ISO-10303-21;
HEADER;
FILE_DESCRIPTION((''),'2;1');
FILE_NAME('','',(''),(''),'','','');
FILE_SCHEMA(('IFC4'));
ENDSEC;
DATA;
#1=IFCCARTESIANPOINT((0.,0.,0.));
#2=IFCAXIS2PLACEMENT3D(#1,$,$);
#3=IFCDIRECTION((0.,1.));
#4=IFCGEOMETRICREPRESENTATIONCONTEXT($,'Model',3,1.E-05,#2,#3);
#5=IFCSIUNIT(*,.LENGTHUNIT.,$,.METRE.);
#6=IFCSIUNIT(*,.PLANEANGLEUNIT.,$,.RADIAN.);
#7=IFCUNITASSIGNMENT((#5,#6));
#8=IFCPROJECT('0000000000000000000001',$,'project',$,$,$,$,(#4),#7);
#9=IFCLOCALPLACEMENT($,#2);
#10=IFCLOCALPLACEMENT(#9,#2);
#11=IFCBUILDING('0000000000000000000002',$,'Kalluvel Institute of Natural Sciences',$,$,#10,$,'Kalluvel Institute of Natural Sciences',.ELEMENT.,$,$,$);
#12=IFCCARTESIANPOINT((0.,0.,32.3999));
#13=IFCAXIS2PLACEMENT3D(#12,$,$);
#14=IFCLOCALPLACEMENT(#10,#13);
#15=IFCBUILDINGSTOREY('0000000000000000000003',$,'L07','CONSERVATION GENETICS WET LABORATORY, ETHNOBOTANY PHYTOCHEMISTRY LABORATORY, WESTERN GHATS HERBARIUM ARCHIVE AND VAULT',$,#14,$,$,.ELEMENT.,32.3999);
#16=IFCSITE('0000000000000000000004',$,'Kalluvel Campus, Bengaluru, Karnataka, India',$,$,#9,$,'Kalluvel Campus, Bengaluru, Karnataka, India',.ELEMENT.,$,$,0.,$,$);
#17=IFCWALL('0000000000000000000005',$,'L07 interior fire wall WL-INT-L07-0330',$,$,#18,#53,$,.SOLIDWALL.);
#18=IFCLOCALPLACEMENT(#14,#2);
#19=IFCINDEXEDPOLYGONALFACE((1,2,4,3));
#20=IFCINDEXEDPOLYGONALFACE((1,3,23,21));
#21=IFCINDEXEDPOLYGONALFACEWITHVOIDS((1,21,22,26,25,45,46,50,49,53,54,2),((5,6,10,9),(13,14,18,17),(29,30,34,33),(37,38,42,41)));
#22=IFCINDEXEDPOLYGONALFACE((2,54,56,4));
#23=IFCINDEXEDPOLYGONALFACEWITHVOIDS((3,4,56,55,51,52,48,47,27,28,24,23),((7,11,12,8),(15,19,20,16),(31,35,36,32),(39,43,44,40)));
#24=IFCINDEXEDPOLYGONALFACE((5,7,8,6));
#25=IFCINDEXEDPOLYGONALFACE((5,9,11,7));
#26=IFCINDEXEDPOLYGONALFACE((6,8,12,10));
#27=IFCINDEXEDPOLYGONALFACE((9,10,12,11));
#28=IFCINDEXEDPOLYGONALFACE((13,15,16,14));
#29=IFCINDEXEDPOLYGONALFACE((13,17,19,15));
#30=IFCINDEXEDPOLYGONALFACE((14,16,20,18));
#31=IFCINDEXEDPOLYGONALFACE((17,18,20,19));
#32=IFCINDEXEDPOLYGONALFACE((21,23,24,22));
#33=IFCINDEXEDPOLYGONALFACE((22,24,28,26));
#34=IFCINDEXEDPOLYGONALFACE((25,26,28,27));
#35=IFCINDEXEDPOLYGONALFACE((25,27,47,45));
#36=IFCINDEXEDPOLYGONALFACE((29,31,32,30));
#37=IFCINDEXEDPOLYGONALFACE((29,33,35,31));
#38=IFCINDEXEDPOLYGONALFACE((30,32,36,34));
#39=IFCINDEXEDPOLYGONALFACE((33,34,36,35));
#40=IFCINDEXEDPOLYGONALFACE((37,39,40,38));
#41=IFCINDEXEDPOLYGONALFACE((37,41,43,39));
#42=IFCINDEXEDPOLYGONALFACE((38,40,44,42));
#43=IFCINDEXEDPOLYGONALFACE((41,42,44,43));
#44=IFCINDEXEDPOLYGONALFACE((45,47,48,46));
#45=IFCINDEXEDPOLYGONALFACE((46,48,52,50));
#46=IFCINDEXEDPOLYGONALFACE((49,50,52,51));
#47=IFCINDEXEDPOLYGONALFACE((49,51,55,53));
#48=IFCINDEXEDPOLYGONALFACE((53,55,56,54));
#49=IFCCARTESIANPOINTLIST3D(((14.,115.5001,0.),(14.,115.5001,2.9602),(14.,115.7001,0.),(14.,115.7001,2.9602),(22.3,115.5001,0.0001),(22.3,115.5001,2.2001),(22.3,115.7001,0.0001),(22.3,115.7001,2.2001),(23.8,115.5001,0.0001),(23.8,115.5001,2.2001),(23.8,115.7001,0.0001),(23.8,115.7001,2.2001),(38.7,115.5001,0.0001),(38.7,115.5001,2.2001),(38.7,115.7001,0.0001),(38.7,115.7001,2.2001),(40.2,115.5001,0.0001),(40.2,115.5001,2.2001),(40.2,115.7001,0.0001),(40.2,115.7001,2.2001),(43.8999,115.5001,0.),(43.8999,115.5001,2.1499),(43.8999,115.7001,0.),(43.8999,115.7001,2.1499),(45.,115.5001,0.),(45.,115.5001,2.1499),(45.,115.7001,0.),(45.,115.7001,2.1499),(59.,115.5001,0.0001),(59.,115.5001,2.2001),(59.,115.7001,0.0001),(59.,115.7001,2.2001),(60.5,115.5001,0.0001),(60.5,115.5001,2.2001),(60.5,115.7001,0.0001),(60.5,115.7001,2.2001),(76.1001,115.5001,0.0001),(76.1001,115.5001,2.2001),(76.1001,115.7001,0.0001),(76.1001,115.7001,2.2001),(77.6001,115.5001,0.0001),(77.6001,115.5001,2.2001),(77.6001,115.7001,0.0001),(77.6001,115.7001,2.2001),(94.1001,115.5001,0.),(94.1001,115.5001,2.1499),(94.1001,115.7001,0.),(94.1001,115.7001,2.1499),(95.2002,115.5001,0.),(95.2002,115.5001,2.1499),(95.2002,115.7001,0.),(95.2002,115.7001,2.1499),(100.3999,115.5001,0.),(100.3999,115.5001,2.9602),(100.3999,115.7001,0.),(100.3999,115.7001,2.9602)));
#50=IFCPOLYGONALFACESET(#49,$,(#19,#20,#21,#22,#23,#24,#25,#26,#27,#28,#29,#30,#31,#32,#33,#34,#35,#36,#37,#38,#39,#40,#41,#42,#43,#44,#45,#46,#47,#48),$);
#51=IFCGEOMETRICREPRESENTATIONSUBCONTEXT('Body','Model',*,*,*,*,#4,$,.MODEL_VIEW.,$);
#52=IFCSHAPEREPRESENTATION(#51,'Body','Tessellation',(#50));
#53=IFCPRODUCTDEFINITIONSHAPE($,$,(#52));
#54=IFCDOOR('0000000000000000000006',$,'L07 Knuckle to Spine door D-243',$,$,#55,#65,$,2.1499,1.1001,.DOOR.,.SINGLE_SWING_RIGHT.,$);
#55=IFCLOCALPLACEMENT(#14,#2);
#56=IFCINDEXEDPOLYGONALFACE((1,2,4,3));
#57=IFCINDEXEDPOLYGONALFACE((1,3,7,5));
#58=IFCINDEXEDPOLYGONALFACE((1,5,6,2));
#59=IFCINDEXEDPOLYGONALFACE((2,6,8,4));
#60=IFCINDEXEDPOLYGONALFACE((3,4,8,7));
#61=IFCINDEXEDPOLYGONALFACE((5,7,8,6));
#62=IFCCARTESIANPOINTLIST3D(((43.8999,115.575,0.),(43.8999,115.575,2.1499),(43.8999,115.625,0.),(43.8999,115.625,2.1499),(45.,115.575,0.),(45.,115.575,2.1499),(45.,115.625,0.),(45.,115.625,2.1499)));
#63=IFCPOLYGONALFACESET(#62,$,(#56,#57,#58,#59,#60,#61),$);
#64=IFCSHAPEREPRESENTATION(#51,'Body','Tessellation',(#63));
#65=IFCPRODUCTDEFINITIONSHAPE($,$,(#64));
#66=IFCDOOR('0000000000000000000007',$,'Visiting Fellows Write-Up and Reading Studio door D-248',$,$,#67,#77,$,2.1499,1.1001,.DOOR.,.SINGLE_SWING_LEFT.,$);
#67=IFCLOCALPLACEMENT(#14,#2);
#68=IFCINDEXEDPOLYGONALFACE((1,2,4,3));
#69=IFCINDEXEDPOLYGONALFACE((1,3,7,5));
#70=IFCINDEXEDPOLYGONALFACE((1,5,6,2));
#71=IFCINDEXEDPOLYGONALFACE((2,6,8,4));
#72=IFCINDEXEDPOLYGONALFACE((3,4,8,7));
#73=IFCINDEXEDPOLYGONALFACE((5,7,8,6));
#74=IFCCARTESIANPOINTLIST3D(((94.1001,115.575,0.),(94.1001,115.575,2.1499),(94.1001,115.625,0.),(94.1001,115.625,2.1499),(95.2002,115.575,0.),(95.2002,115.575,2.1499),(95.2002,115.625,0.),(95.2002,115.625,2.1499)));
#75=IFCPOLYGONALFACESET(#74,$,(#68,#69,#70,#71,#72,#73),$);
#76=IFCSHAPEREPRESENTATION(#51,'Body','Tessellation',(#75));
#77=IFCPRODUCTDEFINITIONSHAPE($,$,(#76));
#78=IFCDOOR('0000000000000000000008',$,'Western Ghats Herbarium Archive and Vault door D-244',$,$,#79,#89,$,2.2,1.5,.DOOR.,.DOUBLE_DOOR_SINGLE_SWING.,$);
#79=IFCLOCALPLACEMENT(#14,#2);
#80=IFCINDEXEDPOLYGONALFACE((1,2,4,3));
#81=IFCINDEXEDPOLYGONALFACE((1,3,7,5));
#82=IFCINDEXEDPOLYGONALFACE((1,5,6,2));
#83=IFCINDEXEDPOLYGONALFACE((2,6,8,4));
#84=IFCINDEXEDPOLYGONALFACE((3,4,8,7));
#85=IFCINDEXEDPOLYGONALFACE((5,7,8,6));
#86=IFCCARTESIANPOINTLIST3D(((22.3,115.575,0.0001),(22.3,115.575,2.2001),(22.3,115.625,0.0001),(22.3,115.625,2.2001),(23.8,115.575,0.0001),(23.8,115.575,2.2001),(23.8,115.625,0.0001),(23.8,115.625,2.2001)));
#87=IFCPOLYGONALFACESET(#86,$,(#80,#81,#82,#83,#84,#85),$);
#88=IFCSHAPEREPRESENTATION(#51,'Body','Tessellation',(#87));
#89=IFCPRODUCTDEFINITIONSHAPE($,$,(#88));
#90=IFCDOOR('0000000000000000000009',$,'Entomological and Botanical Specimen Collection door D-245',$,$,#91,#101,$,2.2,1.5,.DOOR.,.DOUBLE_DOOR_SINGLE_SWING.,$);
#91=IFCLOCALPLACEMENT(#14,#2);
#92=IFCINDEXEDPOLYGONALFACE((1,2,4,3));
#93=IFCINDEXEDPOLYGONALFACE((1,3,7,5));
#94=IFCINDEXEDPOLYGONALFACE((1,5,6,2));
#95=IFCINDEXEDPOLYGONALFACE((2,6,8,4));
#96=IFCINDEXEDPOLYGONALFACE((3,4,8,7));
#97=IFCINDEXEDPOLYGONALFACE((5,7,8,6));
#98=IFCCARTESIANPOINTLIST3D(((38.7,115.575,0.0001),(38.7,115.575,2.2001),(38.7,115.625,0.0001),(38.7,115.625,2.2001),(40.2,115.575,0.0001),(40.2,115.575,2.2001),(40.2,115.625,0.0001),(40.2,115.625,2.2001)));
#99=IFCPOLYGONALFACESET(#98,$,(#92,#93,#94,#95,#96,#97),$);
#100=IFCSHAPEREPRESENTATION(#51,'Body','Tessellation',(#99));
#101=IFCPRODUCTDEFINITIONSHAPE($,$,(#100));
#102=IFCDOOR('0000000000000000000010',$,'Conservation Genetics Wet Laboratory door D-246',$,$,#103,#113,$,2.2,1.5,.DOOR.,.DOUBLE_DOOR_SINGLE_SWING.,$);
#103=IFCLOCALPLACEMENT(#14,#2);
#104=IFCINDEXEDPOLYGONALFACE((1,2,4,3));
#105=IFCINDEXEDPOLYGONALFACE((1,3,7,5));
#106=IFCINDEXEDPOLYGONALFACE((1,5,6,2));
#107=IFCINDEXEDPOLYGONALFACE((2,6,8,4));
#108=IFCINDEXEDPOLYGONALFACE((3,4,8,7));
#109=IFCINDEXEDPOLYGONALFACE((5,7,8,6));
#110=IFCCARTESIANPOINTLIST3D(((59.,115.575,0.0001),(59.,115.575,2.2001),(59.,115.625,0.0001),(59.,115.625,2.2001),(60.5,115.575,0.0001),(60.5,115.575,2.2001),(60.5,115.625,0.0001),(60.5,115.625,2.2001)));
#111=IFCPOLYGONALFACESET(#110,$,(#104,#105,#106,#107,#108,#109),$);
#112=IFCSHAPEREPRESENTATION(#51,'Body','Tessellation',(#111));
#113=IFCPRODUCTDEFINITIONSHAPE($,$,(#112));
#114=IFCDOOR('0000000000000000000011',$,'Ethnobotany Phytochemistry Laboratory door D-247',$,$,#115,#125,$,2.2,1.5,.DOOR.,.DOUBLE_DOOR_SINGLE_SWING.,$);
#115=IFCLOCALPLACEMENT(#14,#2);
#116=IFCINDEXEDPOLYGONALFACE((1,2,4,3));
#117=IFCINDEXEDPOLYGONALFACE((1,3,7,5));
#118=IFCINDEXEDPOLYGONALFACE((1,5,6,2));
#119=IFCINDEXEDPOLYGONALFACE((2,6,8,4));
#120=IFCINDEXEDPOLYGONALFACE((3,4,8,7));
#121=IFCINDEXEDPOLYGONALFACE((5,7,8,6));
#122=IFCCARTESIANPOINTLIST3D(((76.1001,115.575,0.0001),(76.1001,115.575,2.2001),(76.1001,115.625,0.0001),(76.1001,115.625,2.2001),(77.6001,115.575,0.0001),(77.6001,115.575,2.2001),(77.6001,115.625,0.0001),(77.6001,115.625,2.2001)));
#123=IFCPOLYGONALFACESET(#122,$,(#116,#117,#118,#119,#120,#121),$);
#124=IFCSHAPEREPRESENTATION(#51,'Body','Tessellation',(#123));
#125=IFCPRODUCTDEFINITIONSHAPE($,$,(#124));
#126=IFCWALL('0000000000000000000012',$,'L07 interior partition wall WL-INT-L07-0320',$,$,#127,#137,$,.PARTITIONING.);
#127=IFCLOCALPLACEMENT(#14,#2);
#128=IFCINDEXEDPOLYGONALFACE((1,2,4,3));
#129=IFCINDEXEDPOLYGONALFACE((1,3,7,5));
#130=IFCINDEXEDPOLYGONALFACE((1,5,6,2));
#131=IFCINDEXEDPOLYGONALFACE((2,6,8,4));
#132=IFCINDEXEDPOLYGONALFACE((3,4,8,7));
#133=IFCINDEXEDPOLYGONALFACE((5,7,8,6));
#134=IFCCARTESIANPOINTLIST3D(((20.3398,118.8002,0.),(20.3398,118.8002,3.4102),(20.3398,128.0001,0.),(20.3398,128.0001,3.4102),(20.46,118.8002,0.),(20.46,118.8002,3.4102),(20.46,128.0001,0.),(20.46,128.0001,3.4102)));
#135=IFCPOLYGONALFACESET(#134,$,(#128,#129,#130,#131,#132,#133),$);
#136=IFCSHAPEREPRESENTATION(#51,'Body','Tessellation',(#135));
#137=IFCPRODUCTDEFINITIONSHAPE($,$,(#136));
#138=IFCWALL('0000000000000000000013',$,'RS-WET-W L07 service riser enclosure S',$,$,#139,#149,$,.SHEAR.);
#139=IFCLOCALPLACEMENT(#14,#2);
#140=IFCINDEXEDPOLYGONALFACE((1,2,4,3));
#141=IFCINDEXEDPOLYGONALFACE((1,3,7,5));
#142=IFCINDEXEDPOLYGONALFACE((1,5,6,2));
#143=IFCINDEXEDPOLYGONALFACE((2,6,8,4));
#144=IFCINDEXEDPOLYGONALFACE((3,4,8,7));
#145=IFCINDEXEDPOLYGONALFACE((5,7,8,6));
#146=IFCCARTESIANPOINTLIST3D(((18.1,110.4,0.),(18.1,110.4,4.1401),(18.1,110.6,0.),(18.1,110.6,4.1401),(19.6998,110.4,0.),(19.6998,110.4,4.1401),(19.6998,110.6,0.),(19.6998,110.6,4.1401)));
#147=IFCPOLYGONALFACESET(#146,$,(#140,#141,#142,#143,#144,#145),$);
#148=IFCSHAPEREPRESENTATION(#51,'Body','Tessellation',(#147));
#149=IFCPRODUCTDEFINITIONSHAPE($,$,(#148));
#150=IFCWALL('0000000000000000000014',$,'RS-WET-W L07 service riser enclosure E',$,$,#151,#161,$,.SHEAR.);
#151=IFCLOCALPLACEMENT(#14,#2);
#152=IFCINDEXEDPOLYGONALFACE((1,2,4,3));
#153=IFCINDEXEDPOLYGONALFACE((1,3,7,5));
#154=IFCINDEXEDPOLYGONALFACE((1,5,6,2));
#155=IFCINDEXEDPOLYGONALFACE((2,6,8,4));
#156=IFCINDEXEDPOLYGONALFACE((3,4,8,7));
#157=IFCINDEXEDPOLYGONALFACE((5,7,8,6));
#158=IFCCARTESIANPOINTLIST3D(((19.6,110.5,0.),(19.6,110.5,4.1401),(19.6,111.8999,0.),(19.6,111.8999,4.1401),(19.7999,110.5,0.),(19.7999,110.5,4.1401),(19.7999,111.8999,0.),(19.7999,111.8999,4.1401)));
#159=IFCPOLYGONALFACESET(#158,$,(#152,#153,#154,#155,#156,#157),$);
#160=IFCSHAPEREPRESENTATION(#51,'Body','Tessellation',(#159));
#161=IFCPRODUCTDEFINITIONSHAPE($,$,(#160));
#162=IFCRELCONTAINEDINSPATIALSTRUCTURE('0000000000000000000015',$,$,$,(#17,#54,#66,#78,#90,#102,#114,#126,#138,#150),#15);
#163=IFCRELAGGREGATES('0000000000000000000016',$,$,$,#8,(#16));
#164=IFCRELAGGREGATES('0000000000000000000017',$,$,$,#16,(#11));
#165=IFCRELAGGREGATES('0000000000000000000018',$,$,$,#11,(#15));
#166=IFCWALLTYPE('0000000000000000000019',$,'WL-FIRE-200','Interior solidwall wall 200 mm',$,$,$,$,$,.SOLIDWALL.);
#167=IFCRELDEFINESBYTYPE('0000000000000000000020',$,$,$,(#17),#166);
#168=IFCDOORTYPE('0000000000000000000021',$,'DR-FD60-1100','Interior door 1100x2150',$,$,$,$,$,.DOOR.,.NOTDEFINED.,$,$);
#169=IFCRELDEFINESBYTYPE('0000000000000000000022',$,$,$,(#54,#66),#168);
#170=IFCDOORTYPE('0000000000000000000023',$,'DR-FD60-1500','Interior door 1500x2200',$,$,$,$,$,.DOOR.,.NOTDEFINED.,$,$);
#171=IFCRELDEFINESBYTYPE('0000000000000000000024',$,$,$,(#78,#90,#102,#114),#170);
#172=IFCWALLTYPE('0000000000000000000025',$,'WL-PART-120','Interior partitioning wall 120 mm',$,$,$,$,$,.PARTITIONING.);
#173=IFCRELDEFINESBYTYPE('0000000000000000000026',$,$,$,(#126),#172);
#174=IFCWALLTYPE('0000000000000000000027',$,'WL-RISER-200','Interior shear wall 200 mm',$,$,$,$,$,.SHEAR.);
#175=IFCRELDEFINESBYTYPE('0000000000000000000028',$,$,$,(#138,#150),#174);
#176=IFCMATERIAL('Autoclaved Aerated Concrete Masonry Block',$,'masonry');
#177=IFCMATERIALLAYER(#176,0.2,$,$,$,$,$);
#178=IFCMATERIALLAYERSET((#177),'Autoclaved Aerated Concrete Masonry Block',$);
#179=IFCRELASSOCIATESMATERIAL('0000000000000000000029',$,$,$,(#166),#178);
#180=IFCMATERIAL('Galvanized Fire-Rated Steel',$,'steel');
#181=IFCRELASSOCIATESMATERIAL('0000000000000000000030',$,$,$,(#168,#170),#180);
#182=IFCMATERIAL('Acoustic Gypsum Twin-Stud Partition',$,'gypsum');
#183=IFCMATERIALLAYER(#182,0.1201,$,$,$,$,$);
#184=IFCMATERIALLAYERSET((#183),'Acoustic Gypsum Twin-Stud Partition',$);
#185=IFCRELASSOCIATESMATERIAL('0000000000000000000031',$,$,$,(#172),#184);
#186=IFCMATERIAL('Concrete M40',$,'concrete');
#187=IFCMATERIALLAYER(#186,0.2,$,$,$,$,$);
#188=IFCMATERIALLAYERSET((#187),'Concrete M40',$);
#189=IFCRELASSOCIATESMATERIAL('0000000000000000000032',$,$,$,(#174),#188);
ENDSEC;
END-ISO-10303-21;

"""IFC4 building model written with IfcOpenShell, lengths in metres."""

from ifc_helpers import new_model, si_unit, direction, frame, frame_2d, origin, place, context, subcontext, project, spatial, rectangle, extrude, material, layer, layer_set, type_object, element, fill, save


model = new_model("IFC4")

# Units and contexts
model_context = context("Model", 3, precision=1e-05, world=origin(), true_north=direction((0.0, 1.0)))
body_context = subcontext(model_context, "Body", "Model", "MODEL_VIEW")
ifc_project = project(units=[si_unit("LENGTHUNIT", "METRE"), si_unit("PLANEANGLEUNIT", "RADIAN")], contexts=[model_context])

# Site, building, storey
site_placement = place(None, origin())
site = spatial("IfcSite", under=ifc_project, at=site_placement, Name="Kalluvel Campus, Bengaluru, Karnataka, India", LongName="Kalluvel Campus, Bengaluru, Karnataka, India", CompositionType="ELEMENT", RefElevation=0.0)
building_placement = place(site_placement, origin())
building = spatial("IfcBuilding", under=site, at=building_placement, Name="Kalluvel Institute of Natural Sciences", LongName="Kalluvel Institute of Natural Sciences", CompositionType="ELEMENT")
storey_placement = place(building_placement, frame((0.0, 0.0, 32.3999)))
storey = spatial("IfcBuildingStorey", under=building, at=storey_placement, Name="L07", Description="CONSERVATION GENETICS WET LABORATORY, ETHNOBOTANY PHYTOCHEMISTRY LABORATORY, WESTERN GHATS HERBARIUM ARCHIVE AND VAULT", CompositionType="ELEMENT", Elevation=32.3999)

# Shared definitions
ifc_material_1 = material(Name="Concrete M40", Category="concrete")

# Wall, openings, doors
ifc_material_2 = material(Name="Autoclaved Aerated Concrete Masonry Block", Category="masonry")
ifc_layer_1 = layer(ifc_material_2, 0.2)
ifc_layer_set_1 = layer_set([ifc_layer_1], Name="Autoclaved Aerated Concrete Masonry Block")
wall_type_1 = type_object("IfcWallType", Name="WL-FIRE-200", Description="Interior solidwall wall 200 mm", PredefinedType="SOLIDWALL", material=ifc_layer_set_1)
wall_1_placement = place(storey_placement, frame((14.0, 115.6001, 0.0), z_axis=(0.0, 0.0, 1.0), x_axis=(1.0, 0.0, 0.0)))
wall_1 = element("IfcWall", 1, at=wall_1_placement, inside=storey, type_object=wall_type_1, Name="L07 interior fire wall WL-INT-L07-0330", PredefinedType="SOLIDWALL", context=body_context, shape_type="SweptSolid", body=[
    extrude(rectangle(XDim=86.3999, YDim=0.2, at=frame_2d((43.2, 0.0))), origin(), (0.0, 0.0, 1.0), 2.9602),
])
opening_1_placement = place(wall_1_placement, frame((29.8999, 0.0, 0.0)))
opening_1 = element("IfcOpeningElement", 2, at=opening_1_placement, cuts=wall_1, PredefinedType="OPENING", context=body_context, shape_type="SweptSolid", body=[
    extrude(rectangle(XDim=1.1001, YDim=2.1499, at=frame_2d((0.55, 1.075))), frame((0.0, 0.1099, 0.0), z_axis=(0.0, -1.0, 0.0), x_axis=(1.0, 0.0, 0.0)), (0.0, 0.0, 1.0), 0.22),
])
opening_2_placement = place(wall_1_placement, frame((8.3, 0.0, 0.0)))
opening_2 = element("IfcOpeningElement", 3, at=opening_2_placement, cuts=wall_1, PredefinedType="OPENING", context=body_context, shape_type="SweptSolid", body=[
    extrude(rectangle(XDim=1.5, YDim=2.2, at=frame_2d((0.75, 1.1001))), frame((0.0, 0.1099, 0.0), z_axis=(0.0, -1.0, 0.0), x_axis=(1.0, 0.0, 0.0)), (0.0, 0.0, 1.0), 0.22),
])
opening_3_placement = place(wall_1_placement, frame((24.7, 0.0, 0.0)))
opening_3 = element("IfcOpeningElement", 4, at=opening_3_placement, cuts=wall_1, PredefinedType="OPENING", context=body_context, shape_type="SweptSolid", body=[
    extrude(rectangle(XDim=1.5, YDim=2.2, at=frame_2d((0.75, 1.1001))), frame((0.0, 0.1099, 0.0), z_axis=(0.0, -1.0, 0.0), x_axis=(1.0, 0.0, 0.0)), (0.0, 0.0, 1.0), 0.22),
])
opening_4_placement = place(wall_1_placement, frame((45.0, 0.0, 0.0)))
opening_4 = element("IfcOpeningElement", 5, at=opening_4_placement, cuts=wall_1, PredefinedType="OPENING", context=body_context, shape_type="SweptSolid", body=[
    extrude(rectangle(XDim=1.5, YDim=2.2, at=frame_2d((0.75, 1.1001))), frame((0.0, 0.1099, 0.0), z_axis=(0.0, -1.0, 0.0), x_axis=(1.0, 0.0, 0.0)), (0.0, 0.0, 1.0), 0.22),
])
opening_5_placement = place(wall_1_placement, frame((62.1001, 0.0, 0.0)))
opening_5 = element("IfcOpeningElement", 6, at=opening_5_placement, cuts=wall_1, PredefinedType="OPENING", context=body_context, shape_type="SweptSolid", body=[
    extrude(rectangle(XDim=1.5, YDim=2.2, at=frame_2d((0.75, 1.1001))), frame((0.0, 0.1099, 0.0), z_axis=(0.0, -1.0, 0.0), x_axis=(1.0, 0.0, 0.0)), (0.0, 0.0, 1.0), 0.22),
])
opening_6_placement = place(wall_1_placement, frame((80.1001, 0.0, 0.0)))
opening_6 = element("IfcOpeningElement", 7, at=opening_6_placement, cuts=wall_1, PredefinedType="OPENING", context=body_context, shape_type="SweptSolid", body=[
    extrude(rectangle(XDim=1.1001, YDim=2.1499, at=frame_2d((0.55, 1.075))), frame((0.0, 0.1099, 0.0), z_axis=(0.0, -1.0, 0.0), x_axis=(1.0, 0.0, 0.0)), (0.0, 0.0, 1.0), 0.22),
])
ifc_material_3 = material(Name="Galvanized Fire-Rated Steel", Category="steel")
door_type_1 = type_object("IfcDoorType", Name="DR-FD60-1100", Description="Interior door 1100x2150", OperationType="NOTDEFINED", PredefinedType="DOOR", material=ifc_material_3)
door_1_placement = place(opening_1_placement, origin())
door_1 = element("IfcDoor", 8, at=door_1_placement, inside=storey, type_object=door_type_1, Name="L07 Knuckle to Spine door D-243", OperationType="SINGLE_SWING_RIGHT", OverallHeight=2.1499, OverallWidth=1.1001, PredefinedType="DOOR", context=body_context, shape_type="SweptSolid", body=[
    extrude(rectangle(XDim=1.1001, YDim=2.1499, at=frame_2d((0.55, 1.075))), frame((0.0, 0.0249, 0.0), z_axis=(0.0, -1.0, 0.0), x_axis=(1.0, 0.0, 0.0)), (0.0, 0.0, 1.0), 0.05),
])
fill(opening_1, door_1)
door_2_placement = place(opening_6_placement, origin())
door_2 = element("IfcDoor", 9, at=door_2_placement, inside=storey, type_object=door_type_1, Name="Visiting Fellows Write-Up and Reading Studio door D-248", OperationType="SINGLE_SWING_LEFT", OverallHeight=2.1499, OverallWidth=1.1001, PredefinedType="DOOR", context=body_context, shape_type="SweptSolid", body=[
    extrude(rectangle(XDim=1.1001, YDim=2.1499, at=frame_2d((0.55, 1.075))), frame((0.0, 0.0249, 0.0), z_axis=(0.0, -1.0, 0.0), x_axis=(1.0, 0.0, 0.0)), (0.0, 0.0, 1.0), 0.05),
])
fill(opening_6, door_2)
door_type_2 = type_object("IfcDoorType", Name="DR-FD60-1500", Description="Interior door 1500x2200", OperationType="NOTDEFINED", PredefinedType="DOOR", material=ifc_material_3)
door_3_placement = place(opening_2_placement, origin())
door_3 = element("IfcDoor", 10, at=door_3_placement, inside=storey, type_object=door_type_2, Name="Western Ghats Herbarium Archive and Vault door D-244", OperationType="DOUBLE_DOOR_SINGLE_SWING", OverallHeight=2.2, OverallWidth=1.5, PredefinedType="DOOR", context=body_context, shape_type="SweptSolid", body=[
    extrude(rectangle(XDim=1.5, YDim=2.2, at=frame_2d((0.75, 1.1001))), frame((0.0, 0.0249, 0.0), z_axis=(0.0, -1.0, 0.0), x_axis=(1.0, 0.0, 0.0)), (0.0, 0.0, 1.0), 0.05),
])
fill(opening_2, door_3)
door_4_placement = place(opening_3_placement, origin())
door_4 = element("IfcDoor", 11, at=door_4_placement, inside=storey, type_object=door_type_2, Name="Entomological and Botanical Specimen Collection door D-245", OperationType="DOUBLE_DOOR_SINGLE_SWING", OverallHeight=2.2, OverallWidth=1.5, PredefinedType="DOOR", context=body_context, shape_type="SweptSolid", body=[
    extrude(rectangle(XDim=1.5, YDim=2.2, at=frame_2d((0.75, 1.1001))), frame((0.0, 0.0249, 0.0), z_axis=(0.0, -1.0, 0.0), x_axis=(1.0, 0.0, 0.0)), (0.0, 0.0, 1.0), 0.05),
])
fill(opening_3, door_4)
door_5_placement = place(opening_4_placement, origin())
door_5 = element("IfcDoor", 12, at=door_5_placement, inside=storey, type_object=door_type_2, Name="Conservation Genetics Wet Laboratory door D-246", OperationType="DOUBLE_DOOR_SINGLE_SWING", OverallHeight=2.2, OverallWidth=1.5, PredefinedType="DOOR", context=body_context, shape_type="SweptSolid", body=[
    extrude(rectangle(XDim=1.5, YDim=2.2, at=frame_2d((0.75, 1.1001))), frame((0.0, 0.0249, 0.0), z_axis=(0.0, -1.0, 0.0), x_axis=(1.0, 0.0, 0.0)), (0.0, 0.0, 1.0), 0.05),
])
fill(opening_4, door_5)
door_6_placement = place(opening_5_placement, origin())
door_6 = element("IfcDoor", 13, at=door_6_placement, inside=storey, type_object=door_type_2, Name="Ethnobotany Phytochemistry Laboratory door D-247", OperationType="DOUBLE_DOOR_SINGLE_SWING", OverallHeight=2.2, OverallWidth=1.5, PredefinedType="DOOR", context=body_context, shape_type="SweptSolid", body=[
    extrude(rectangle(XDim=1.5, YDim=2.2, at=frame_2d((0.75, 1.1001))), frame((0.0, 0.0249, 0.0), z_axis=(0.0, -1.0, 0.0), x_axis=(1.0, 0.0, 0.0)), (0.0, 0.0, 1.0), 0.05),
])
fill(opening_5, door_6)

# Wall
ifc_material_4 = material(Name="Acoustic Gypsum Twin-Stud Partition", Category="gypsum")
ifc_layer_2 = layer(ifc_material_4, 0.1201)
ifc_layer_set_2 = layer_set([ifc_layer_2], Name="Acoustic Gypsum Twin-Stud Partition")
wall_type_2 = type_object("IfcWallType", Name="WL-PART-120", Description="Interior partitioning wall 120 mm", PredefinedType="PARTITIONING", material=ifc_layer_set_2)
wall_2_placement = place(storey_placement, frame((20.3999, 118.8, 0.0), z_axis=(0.0, 0.0, 1.0), x_axis=(0.0, 1.0, 0.0)))
element("IfcWall", 14, at=wall_2_placement, inside=storey, type_object=wall_type_2, Name="L07 interior partition wall WL-INT-L07-0320", PredefinedType="PARTITIONING", context=body_context, shape_type="SweptSolid", body=[
    extrude(rectangle(XDim=9.2, YDim=0.1201, at=frame_2d((4.6001, 0.0))), origin(), (0.0, 0.0, 1.0), 3.4102),
])

# Walls
ifc_layer_3 = layer(ifc_material_1, 0.2)
ifc_layer_set_3 = layer_set([ifc_layer_3], Name="Concrete M40")
wall_type_3 = type_object("IfcWallType", Name="WL-RISER-200", Description="Interior shear wall 200 mm", PredefinedType="SHEAR", material=ifc_layer_set_3)
wall_3_placement = place(storey_placement, frame((18.1001, 110.5, 0.0), z_axis=(0.0, 0.0, 1.0), x_axis=(1.0, 0.0, 0.0)))
element("IfcWall", 15, at=wall_3_placement, inside=storey, type_object=wall_type_3, Name="RS-WET-W L07 service riser enclosure S", PredefinedType="SHEAR", context=body_context, shape_type="SweptSolid", body=[
    extrude(rectangle(XDim=1.5999, YDim=0.2, at=frame_2d((0.7998, 0.0))), origin(), (0.0, 0.0, 1.0), 4.1401),
])
wall_4_placement = place(storey_placement, frame((19.7, 110.5, 0.0), z_axis=(0.0, 0.0, 1.0), x_axis=(0.0, 1.0, 0.0)))
element("IfcWall", 16, at=wall_4_placement, inside=storey, type_object=wall_type_3, Name="RS-WET-W L07 service riser enclosure E", PredefinedType="SHEAR", context=body_context, shape_type="SweptSolid", body=[
    extrude(rectangle(XDim=1.3999, YDim=0.2, at=frame_2d((0.7, 0.0))), origin(), (0.0, 0.0, 1.0), 4.1401),
])

save(model, "model.ifc")
